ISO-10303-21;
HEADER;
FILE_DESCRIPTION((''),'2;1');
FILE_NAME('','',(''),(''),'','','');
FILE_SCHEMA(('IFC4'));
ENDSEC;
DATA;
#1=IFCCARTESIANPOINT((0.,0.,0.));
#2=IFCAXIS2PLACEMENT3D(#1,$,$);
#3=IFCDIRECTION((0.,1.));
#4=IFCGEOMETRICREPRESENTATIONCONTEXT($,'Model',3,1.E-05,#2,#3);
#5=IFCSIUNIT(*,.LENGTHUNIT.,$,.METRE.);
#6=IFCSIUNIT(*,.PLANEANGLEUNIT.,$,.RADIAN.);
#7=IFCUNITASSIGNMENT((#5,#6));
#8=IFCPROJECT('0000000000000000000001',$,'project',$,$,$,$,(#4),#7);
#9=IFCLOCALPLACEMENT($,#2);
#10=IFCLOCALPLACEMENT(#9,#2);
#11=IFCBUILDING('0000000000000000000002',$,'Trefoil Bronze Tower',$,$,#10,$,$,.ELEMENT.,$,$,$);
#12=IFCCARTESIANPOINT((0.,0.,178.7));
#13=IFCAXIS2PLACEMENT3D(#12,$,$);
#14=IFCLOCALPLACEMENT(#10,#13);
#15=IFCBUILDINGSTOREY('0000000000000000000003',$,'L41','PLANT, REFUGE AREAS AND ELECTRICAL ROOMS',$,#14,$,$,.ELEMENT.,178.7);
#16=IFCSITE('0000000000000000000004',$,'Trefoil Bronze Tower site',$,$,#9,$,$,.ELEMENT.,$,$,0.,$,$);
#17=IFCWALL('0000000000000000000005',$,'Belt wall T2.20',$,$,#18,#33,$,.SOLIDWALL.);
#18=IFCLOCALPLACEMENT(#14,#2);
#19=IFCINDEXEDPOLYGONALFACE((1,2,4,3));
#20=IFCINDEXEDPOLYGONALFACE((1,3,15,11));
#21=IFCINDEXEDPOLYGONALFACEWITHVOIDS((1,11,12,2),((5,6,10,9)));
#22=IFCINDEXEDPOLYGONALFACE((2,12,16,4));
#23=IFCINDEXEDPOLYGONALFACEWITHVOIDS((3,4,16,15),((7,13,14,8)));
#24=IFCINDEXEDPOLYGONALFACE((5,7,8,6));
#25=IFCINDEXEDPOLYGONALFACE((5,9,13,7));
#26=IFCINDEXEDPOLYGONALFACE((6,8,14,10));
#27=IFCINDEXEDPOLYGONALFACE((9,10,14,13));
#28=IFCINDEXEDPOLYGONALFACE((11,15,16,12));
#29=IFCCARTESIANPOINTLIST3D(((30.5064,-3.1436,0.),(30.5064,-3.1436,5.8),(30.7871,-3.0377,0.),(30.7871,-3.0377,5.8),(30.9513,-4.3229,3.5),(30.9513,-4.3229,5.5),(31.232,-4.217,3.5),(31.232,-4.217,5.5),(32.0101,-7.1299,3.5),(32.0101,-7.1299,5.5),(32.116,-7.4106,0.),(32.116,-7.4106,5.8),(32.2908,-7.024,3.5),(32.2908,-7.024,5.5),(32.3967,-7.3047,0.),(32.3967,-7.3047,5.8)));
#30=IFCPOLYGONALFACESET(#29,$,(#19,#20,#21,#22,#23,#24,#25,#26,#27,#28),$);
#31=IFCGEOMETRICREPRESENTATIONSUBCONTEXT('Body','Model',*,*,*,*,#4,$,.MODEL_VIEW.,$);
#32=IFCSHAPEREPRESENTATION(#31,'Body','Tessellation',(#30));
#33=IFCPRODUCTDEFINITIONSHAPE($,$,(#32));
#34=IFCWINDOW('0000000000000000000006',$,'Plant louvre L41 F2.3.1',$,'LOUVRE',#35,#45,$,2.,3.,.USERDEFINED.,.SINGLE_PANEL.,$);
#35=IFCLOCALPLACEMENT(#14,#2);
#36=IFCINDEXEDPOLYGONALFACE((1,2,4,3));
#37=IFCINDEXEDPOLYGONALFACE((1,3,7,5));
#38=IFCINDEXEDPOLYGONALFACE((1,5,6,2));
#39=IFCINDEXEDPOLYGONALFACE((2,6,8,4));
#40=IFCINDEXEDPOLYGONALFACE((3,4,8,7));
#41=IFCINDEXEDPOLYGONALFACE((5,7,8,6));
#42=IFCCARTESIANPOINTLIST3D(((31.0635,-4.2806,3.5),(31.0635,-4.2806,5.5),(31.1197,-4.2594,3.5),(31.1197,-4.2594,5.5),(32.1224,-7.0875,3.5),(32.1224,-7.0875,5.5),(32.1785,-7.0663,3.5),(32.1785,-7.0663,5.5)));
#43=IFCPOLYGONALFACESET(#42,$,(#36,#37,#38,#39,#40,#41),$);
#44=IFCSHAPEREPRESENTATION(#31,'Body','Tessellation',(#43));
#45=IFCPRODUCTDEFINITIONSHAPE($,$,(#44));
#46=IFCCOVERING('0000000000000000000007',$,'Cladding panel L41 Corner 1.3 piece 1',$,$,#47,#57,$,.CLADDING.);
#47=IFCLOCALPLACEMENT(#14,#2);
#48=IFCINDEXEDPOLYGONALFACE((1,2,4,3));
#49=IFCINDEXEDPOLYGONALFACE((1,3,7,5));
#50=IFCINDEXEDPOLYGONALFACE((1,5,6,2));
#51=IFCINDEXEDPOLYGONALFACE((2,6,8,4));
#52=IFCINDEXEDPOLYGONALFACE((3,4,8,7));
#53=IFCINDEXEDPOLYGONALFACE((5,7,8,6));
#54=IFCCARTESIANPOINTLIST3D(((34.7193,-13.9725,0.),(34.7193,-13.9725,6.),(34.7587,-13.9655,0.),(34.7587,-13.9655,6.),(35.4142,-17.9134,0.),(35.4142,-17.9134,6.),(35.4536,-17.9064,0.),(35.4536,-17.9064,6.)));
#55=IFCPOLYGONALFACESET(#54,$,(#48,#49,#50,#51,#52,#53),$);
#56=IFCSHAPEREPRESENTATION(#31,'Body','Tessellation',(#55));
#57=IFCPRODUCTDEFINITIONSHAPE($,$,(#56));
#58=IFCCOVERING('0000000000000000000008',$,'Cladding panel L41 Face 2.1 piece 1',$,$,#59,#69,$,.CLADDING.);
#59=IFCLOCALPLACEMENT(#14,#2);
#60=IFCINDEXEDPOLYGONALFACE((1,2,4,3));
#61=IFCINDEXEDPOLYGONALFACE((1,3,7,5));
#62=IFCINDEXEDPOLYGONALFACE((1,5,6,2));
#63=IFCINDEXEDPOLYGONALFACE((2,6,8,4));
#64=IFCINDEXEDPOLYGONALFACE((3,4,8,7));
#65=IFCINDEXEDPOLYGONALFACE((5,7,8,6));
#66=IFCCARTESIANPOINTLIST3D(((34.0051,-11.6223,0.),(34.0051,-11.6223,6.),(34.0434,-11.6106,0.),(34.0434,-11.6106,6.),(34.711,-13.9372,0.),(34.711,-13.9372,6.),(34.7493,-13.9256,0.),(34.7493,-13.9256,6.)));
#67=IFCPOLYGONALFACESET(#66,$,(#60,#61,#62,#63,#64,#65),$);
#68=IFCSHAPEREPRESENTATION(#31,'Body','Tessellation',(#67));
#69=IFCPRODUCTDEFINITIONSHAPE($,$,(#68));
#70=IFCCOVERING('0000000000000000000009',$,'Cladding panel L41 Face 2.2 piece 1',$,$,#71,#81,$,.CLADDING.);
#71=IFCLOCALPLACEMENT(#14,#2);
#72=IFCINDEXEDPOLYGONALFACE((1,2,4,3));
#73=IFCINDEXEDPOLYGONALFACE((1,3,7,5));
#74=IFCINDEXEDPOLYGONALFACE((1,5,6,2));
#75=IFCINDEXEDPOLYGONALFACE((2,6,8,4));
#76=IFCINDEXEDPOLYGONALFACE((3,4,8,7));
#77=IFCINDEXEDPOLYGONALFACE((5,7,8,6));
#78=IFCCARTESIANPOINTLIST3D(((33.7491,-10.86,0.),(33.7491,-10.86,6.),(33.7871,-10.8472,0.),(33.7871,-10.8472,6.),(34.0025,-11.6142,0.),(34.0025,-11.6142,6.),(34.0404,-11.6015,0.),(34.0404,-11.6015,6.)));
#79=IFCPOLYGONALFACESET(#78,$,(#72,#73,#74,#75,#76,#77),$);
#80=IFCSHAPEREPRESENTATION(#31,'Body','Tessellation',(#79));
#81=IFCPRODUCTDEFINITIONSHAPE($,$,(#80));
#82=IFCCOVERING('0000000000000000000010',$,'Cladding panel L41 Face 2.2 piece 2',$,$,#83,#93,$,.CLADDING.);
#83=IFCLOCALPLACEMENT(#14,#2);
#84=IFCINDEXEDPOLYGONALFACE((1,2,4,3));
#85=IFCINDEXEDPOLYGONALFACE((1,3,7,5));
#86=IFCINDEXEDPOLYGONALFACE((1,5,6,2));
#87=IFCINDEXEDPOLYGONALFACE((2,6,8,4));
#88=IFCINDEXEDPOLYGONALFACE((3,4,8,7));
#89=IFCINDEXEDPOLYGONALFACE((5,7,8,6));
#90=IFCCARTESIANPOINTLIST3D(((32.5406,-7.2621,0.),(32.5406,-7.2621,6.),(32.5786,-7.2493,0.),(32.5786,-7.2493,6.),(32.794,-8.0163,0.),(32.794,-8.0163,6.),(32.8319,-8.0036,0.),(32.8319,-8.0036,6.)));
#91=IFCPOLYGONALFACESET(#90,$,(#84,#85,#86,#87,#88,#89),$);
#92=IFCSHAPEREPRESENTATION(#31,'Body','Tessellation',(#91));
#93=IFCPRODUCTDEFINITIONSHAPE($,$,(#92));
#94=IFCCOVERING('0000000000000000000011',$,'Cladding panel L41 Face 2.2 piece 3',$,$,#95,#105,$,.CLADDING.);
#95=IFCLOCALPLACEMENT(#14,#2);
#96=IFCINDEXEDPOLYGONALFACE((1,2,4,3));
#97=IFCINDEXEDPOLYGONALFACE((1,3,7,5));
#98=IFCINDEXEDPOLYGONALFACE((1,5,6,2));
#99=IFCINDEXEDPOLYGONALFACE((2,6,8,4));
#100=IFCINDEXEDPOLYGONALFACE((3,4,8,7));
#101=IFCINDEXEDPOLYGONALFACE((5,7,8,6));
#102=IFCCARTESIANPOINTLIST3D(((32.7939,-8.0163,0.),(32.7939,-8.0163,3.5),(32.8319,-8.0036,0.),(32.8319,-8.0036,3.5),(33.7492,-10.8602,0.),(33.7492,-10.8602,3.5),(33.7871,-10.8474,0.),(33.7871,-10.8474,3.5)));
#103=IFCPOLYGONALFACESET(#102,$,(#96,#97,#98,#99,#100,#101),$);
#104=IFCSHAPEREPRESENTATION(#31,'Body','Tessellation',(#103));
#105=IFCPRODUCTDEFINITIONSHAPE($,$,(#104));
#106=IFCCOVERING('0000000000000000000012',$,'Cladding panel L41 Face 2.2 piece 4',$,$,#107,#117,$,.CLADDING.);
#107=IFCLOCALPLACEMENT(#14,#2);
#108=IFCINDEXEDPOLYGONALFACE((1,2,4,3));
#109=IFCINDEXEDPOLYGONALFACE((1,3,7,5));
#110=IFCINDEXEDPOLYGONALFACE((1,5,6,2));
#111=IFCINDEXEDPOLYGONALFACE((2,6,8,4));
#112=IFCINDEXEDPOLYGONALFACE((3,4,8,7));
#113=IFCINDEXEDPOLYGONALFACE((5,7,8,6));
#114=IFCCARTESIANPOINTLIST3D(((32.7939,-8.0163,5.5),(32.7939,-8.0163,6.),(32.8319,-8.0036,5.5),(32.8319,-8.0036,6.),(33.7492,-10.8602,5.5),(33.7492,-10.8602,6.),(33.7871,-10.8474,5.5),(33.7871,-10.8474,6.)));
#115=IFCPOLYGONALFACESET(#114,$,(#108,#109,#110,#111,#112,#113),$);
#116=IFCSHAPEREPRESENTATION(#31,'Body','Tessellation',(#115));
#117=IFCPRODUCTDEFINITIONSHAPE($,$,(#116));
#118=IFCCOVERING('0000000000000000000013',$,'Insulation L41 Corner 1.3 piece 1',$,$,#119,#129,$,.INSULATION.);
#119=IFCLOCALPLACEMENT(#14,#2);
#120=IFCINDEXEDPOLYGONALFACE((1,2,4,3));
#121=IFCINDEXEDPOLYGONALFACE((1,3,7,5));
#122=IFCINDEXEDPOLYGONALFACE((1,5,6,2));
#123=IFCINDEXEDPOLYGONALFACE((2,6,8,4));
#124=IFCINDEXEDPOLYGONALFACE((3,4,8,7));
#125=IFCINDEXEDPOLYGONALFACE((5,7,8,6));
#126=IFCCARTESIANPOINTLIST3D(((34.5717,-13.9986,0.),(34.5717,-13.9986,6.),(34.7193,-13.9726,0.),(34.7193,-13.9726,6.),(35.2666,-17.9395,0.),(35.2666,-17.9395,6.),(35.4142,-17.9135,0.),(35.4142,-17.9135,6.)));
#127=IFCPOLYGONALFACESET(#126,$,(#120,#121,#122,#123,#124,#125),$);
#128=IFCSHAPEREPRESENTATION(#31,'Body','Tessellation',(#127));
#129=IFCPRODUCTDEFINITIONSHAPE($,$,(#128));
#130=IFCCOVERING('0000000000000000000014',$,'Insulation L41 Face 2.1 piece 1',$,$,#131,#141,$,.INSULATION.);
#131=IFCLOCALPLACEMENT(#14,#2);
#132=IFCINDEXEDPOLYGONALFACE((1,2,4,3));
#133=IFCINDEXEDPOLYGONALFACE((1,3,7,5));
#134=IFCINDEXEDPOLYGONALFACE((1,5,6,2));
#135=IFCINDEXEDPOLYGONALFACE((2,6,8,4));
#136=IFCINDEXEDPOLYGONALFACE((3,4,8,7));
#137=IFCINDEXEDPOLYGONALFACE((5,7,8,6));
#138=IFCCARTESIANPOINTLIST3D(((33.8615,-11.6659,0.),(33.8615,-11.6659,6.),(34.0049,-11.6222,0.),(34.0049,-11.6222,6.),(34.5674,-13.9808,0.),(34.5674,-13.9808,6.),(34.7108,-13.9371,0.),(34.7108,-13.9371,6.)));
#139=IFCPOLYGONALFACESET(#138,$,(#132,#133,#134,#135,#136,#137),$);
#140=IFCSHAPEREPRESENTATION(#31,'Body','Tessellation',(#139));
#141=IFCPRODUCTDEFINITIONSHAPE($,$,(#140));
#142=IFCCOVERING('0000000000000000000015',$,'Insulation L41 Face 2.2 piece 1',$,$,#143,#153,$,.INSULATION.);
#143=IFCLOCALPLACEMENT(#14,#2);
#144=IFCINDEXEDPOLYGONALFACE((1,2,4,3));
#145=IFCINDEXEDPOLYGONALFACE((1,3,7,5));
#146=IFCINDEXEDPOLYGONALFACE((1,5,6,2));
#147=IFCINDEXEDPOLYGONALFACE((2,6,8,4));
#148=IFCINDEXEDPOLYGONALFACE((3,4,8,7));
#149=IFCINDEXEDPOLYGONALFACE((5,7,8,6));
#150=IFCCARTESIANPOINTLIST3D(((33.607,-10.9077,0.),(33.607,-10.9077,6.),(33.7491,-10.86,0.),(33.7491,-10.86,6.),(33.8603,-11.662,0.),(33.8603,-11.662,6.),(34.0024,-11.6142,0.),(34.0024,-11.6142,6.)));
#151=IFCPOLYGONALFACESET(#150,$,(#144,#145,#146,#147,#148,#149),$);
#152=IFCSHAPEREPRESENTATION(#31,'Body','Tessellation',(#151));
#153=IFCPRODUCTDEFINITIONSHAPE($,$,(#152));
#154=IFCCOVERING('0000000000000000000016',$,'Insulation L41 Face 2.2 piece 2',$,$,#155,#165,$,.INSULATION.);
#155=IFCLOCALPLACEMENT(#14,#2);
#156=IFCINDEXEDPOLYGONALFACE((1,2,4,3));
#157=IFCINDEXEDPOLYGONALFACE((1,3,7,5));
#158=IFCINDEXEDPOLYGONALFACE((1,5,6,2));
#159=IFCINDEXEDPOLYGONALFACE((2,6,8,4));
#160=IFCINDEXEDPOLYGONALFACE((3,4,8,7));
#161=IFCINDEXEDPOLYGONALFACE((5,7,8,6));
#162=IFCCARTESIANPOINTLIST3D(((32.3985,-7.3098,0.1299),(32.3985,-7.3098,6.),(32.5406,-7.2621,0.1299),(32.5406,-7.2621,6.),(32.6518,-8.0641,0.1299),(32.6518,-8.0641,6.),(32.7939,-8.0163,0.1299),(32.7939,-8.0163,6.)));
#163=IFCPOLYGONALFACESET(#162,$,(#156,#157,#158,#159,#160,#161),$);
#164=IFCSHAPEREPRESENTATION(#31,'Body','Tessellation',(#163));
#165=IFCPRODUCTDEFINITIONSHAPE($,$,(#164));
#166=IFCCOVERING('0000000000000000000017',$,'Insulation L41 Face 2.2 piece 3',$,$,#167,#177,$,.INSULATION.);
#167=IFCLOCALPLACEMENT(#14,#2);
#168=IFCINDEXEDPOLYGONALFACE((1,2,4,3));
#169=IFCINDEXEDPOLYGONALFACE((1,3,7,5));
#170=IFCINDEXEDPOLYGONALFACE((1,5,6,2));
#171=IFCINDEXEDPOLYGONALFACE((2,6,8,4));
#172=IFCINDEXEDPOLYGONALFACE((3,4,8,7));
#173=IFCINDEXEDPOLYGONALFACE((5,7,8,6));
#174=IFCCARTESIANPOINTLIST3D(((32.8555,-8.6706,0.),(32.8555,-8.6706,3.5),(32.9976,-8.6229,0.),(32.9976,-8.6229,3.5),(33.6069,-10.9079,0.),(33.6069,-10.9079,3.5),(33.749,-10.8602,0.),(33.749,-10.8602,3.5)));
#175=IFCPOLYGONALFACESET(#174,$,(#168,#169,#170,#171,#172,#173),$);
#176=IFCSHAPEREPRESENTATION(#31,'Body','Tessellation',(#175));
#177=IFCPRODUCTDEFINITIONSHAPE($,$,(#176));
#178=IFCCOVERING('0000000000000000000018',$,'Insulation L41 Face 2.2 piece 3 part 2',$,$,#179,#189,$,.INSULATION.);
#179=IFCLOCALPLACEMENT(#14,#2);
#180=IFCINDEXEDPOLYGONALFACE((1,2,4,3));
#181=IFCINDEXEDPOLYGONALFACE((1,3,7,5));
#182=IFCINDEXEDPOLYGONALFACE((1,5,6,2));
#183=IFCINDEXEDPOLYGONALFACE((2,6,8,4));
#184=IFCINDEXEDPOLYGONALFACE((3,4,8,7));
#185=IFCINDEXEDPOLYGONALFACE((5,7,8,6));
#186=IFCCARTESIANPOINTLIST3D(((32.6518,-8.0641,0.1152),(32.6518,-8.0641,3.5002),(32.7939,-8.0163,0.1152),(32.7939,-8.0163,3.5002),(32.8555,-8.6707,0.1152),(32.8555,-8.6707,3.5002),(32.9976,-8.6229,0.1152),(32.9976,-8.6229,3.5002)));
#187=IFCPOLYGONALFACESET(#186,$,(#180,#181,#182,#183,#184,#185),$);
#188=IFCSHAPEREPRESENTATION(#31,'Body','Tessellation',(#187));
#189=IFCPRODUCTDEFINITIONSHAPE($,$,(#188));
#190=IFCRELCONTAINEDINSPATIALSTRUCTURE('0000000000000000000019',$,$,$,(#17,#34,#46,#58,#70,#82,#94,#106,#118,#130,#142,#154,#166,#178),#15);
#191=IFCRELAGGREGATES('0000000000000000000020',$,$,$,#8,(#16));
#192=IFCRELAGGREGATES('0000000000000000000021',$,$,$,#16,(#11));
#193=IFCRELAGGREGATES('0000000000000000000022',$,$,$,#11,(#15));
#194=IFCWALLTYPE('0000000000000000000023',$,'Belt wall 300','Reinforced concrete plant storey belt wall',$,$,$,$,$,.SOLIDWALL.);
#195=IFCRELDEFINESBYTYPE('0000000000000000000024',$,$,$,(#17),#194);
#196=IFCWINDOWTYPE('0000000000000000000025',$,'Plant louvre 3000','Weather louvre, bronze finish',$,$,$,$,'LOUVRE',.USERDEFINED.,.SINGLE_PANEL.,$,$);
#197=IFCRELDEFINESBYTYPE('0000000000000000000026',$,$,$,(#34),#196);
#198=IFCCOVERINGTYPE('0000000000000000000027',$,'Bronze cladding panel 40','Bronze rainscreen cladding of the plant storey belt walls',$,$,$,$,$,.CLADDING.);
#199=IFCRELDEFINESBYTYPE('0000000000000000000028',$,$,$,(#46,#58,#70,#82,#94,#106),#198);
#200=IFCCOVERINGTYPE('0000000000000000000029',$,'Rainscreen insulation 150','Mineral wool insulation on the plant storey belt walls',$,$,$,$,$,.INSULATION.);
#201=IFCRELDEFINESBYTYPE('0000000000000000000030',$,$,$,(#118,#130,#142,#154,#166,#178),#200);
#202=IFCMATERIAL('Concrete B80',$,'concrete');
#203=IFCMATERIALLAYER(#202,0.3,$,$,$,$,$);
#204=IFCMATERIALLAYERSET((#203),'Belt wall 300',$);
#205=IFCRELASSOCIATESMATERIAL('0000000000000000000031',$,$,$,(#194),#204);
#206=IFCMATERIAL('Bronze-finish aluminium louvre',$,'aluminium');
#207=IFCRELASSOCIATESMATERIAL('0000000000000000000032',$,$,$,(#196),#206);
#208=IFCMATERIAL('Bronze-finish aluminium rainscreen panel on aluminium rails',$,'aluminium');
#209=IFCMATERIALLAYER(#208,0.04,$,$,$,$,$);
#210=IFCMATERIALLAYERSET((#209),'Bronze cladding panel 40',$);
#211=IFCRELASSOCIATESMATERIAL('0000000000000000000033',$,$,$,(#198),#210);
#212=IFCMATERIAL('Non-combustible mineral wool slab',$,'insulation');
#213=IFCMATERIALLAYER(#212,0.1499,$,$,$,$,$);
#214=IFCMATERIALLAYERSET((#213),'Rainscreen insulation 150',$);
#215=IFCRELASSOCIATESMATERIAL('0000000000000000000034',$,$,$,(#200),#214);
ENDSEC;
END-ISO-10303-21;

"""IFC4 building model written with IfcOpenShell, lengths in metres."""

from ifc_helpers import new_model, si_unit, direction, frame, frame_2d, origin, origin_2d, place, context, subcontext, project, spatial, rectangle, extrude, material, layer, layer_set, type_object, element, fill, save


model = new_model("IFC4")

# Units and contexts
model_context = context("Model", 3, precision=1e-05, world=origin(), true_north=direction((0.0, 1.0)))
body_context = subcontext(model_context, "Body", "Model", "MODEL_VIEW")
ifc_project = project(units=[si_unit("LENGTHUNIT", "METRE"), si_unit("PLANEANGLEUNIT", "RADIAN")], contexts=[model_context])

# Site, building, storey
site_placement = place(None, origin())
site = spatial("IfcSite", under=ifc_project, at=site_placement, Name="Trefoil Bronze Tower site", CompositionType="ELEMENT", RefElevation=0.0)
building_placement = place(site_placement, origin())
building = spatial("IfcBuilding", under=site, at=building_placement, Name="Trefoil Bronze Tower", CompositionType="ELEMENT")
storey_placement = place(building_placement, frame((0.0, 0.0, 178.7)))
storey = spatial("IfcBuildingStorey", under=building, at=storey_placement, Name="L41", Description="PLANT, REFUGE AREAS AND ELECTRICAL ROOMS", CompositionType="ELEMENT", Elevation=178.7)

# Shared definitions
ifc_material_1 = material(Name="Concrete B80", Category="concrete")
ifc_layer_1 = layer(ifc_material_1, 0.3)
ifc_layer_set_1 = layer_set([ifc_layer_1], Name="Belt wall 300")
wall_type = type_object("IfcWallType", Name="Belt wall 300", Description="Reinforced concrete plant storey belt wall", PredefinedType="SOLIDWALL", material=ifc_layer_set_1)

# Wall, opening, window
ifc_material_2 = material(Name="Bronze-finish aluminium louvre", Category="aluminium")
window_type = type_object("IfcWindowType", Name="Plant louvre 3000", Description="Weather louvre, bronze finish", ElementType="LOUVRE", PartitioningType="SINGLE_PANEL", PredefinedType="USERDEFINED", material=ifc_material_2)
wall_1_placement = place(storey_placement, frame((32.2563, -7.3577, 0.0), z_axis=(0.0, 0.0, 1.0), x_axis=(-0.352941, 0.935645, 0.0)))
wall_1 = element("IfcWall", 1, at=wall_1_placement, inside=storey, type_object=wall_type, Name="Belt wall T2.20", PredefinedType="SOLIDWALL", context=body_context, shape_type="SweptSolid", body=[
    extrude(rectangle(XDim=4.5605, YDim=0.3, at=frame_2d((2.2803, 0.0))), origin(), (0.0, 0.0, 1.0), 5.8),
])
opening_1_placement = place(wall_1_placement, frame((0.3, 0.0, 3.5)))
opening_1 = element("IfcOpeningElement", 2, at=opening_1_placement, cuts=wall_1, PredefinedType="OPENING", context=body_context, shape_type="SweptSolid", body=[
    extrude(rectangle(XDim=3.0, YDim=2.0, at=frame_2d((1.5, 1.0))), frame((0.0, 0.1599, 0.0), z_axis=(0.0, -1.0, 0.0), x_axis=(1.0, 0.0, 0.0)), (0.0, 0.0, 1.0), 0.3201),
])
window_1_placement = place(opening_1_placement, origin())
window_1 = element("IfcWindow", 3, at=window_1_placement, inside=storey, type_object=window_type, Name="Plant louvre L41 F2.3.1", ObjectType="LOUVRE", OverallHeight=2.0, OverallWidth=3.0, PartitioningType="SINGLE_PANEL", PredefinedType="USERDEFINED", context=body_context, shape_type="SweptSolid", body=[
    extrude(rectangle(XDim=3.0, YDim=2.0, at=frame_2d((1.5, 1.0))), frame((0.0, 0.03, 0.0), z_axis=(0.0, -1.0, 0.0), x_axis=(1.0, 0.0, 0.0)), (0.0, 0.0, 1.0), 0.0601),
])
fill(opening_1, window_1)

# Coverings
ifc_material_3 = material(Name="Bronze-finish aluminium rainscreen panel on aluminium rails", Category="aluminium")
ifc_layer_2 = layer(ifc_material_3, 0.04)
ifc_layer_set_2 = layer_set([ifc_layer_2], Name="Bronze cladding panel 40")
covering_type_1 = type_object("IfcCoveringType", Name="Bronze cladding panel 40", Description="Bronze rainscreen cladding of the plant storey belt walls", PredefinedType="CLADDING", material=ifc_layer_set_2)
covering_1_placement = place(storey_placement, frame((35.0864, -15.9395, 0.0), z_axis=(0.0, 0.0, 1.0), x_axis=(-0.173648, 0.984808, 0.0)))
element("IfcCovering", 4, at=covering_1_placement, inside=storey, type_object=covering_type_1, Name="Cladding panel L41 Corner 1.3 piece 1", PredefinedType="CLADDING", context=body_context, shape_type="SweptSolid", body=[
    extrude(rectangle(XDim=4.0017, YDim=0.04, at=origin_2d()), origin(), (0.0, 0.0, 1.0), 6.0),
])
covering_2_placement = place(storey_placement, frame((34.3772, -12.7739, 0.0), z_axis=(0.0, 0.0, 1.0), x_axis=(-0.291669, 0.956519, 0.0)))
element("IfcCovering", 5, at=covering_2_placement, inside=storey, type_object=covering_type_1, Name="Cladding panel L41 Face 2.1 piece 1", PredefinedType="CLADDING", context=body_context, shape_type="SweptSolid", body=[
    extrude(rectangle(XDim=2.4202, YDim=0.04, at=origin_2d()), origin(), (0.0, 0.0, 1.0), 6.0),
])
for number, where, z_axis, x_axis, name in (
    (6, (33.8948, -11.2307, 0.0), (0.0, 0.0, 1.0), (-0.318404, 0.947955, 0.0), "Cladding panel L41 Face 2.2 piece 1"),
    (7, (32.6863, -7.6328, 0.0), (0.0, 0.0, 1.0), (-0.318404, 0.947955, 0.0), "Cladding panel L41 Face 2.2 piece 2"),
):
    element("IfcCovering", number, at=place(storey_placement, frame(where, z_axis=z_axis, x_axis=x_axis)), inside=storey, type_object=covering_type_1, Name=name, PredefinedType="CLADDING", context=body_context, shape_type="SweptSolid", body=[
        extrude(rectangle(XDim=0.7957, YDim=0.04, at=origin_2d()), origin(), (0.0, 0.0, 1.0), 6.0),
    ])
covering_3_placement = place(storey_placement, frame((33.2905, -9.4319, 0.0), z_axis=(0.0, 0.0, 1.0), x_axis=(-0.318404, 0.947955, 0.0)))
element("IfcCovering", 8, at=covering_3_placement, inside=storey, type_object=covering_type_1, Name="Cladding panel L41 Face 2.2 piece 3", PredefinedType="CLADDING", context=body_context, shape_type="SweptSolid", body=[
    extrude(rectangle(XDim=3.0, YDim=0.04, at=origin_2d()), origin(), (0.0, 0.0, 1.0), 3.5),
])
covering_4_placement = place(storey_placement, frame((33.2905, -9.4319, 5.5), z_axis=(0.0, 0.0, 1.0), x_axis=(-0.318404, 0.947955, 0.0)))
element("IfcCovering", 9, at=covering_4_placement, inside=storey, type_object=covering_type_1, Name="Cladding panel L41 Face 2.2 piece 4", PredefinedType="CLADDING", context=body_context, shape_type="SweptSolid", body=[
    extrude(rectangle(XDim=3.0, YDim=0.04, at=origin_2d()), origin(), (0.0, 0.0, 1.0), 0.5),
])
ifc_material_4 = material(Name="Non-combustible mineral wool slab", Category="insulation")
ifc_layer_3 = layer(ifc_material_4, 0.1499)
ifc_layer_set_3 = layer_set([ifc_layer_3], Name="Rainscreen insulation 150")
covering_type_2 = type_object("IfcCoveringType", Name="Rainscreen insulation 150", Description="Mineral wool insulation on the plant storey belt walls", PredefinedType="INSULATION", material=ifc_layer_set_3)
covering_5_placement = place(storey_placement, frame((34.9929, -15.9561, 0.0), z_axis=(0.0, 0.0, 1.0), x_axis=(-0.173648, 0.984808, 0.0)))
element("IfcCovering", 10, at=covering_5_placement, inside=storey, type_object=covering_type_2, Name="Insulation L41 Corner 1.3 piece 1", PredefinedType="INSULATION", context=body_context, shape_type="SweptSolid", body=[
    extrude(rectangle(XDim=4.0017, YDim=0.1499, at=origin_2d()), origin(), (0.0, 0.0, 1.0), 6.0),
])
covering_6_placement = place(storey_placement, frame((34.2861, -12.8015, 0.0), z_axis=(0.0, 0.0, 1.0), x_axis=(-0.291669, 0.956519, 0.0)))
element("IfcCovering", 11, at=covering_6_placement, inside=storey, type_object=covering_type_2, Name="Insulation L41 Face 2.1 piece 1", PredefinedType="INSULATION", context=body_context, shape_type="SweptSolid", body=[
    extrude(rectangle(XDim=2.4202, YDim=0.1499, at=origin_2d()), origin(), (0.0, 0.0, 1.0), 6.0),
])
covering_7_placement = place(storey_placement, frame((33.8047, -11.261, 0.0), z_axis=(0.0, 0.0, 1.0), x_axis=(-0.318404, 0.947955, 0.0)))
element("IfcCovering", 12, at=covering_7_placement, inside=storey, type_object=covering_type_2, Name="Insulation L41 Face 2.2 piece 1", PredefinedType="INSULATION", context=body_context, shape_type="SweptSolid", body=[
    extrude(rectangle(XDim=0.7957, YDim=0.1499, at=origin_2d()), origin(), (0.0, 0.0, 1.0), 6.0),
])
covering_8_placement = place(storey_placement, frame((32.5962, -7.6631, 0.1299), z_axis=(0.0, 0.0, 1.0), x_axis=(-0.318404, 0.947955, 0.0)))
element("IfcCovering", 13, at=covering_8_placement, inside=storey, type_object=covering_type_2, Name="Insulation L41 Face 2.2 piece 2", PredefinedType="INSULATION", context=body_context, shape_type="SweptSolid", body=[
    extrude(rectangle(XDim=0.7957, YDim=0.1499, at=origin_2d()), origin(), (0.0, 0.0, 1.0), 5.8701),
])
covering_9_placement = place(storey_placement, frame((33.3022, -9.7654, 0.0), z_axis=(0.0, 0.0, 1.0), x_axis=(-0.318404, 0.947955, 0.0)))
element("IfcCovering", 14, at=covering_9_placement, inside=storey, type_object=covering_type_2, Name="Insulation L41 Face 2.2 piece 3", PredefinedType="INSULATION", context=body_context, shape_type="SweptSolid", body=[
    extrude(rectangle(XDim=2.3601, YDim=0.1499, at=origin_2d()), origin(), (0.0, 0.0, 1.0), 3.5),
])
covering_10_placement = place(storey_placement, frame((32.8247, -8.3435, 0.1152), z_axis=(0.0, 0.0, 1.0), x_axis=(-0.318404, 0.947955, 0.0)))
element("IfcCovering", 15, at=covering_10_placement, inside=storey, type_object=covering_type_2, Name="Insulation L41 Face 2.2 piece 3 part 2", PredefinedType="INSULATION", context=body_context, shape_type="SweptSolid", body=[
    extrude(rectangle(XDim=0.6399, YDim=0.1499, at=origin_2d()), origin(), (0.0, 0.0, 1.0), 3.385),
])

save(model, "model.ifc")
